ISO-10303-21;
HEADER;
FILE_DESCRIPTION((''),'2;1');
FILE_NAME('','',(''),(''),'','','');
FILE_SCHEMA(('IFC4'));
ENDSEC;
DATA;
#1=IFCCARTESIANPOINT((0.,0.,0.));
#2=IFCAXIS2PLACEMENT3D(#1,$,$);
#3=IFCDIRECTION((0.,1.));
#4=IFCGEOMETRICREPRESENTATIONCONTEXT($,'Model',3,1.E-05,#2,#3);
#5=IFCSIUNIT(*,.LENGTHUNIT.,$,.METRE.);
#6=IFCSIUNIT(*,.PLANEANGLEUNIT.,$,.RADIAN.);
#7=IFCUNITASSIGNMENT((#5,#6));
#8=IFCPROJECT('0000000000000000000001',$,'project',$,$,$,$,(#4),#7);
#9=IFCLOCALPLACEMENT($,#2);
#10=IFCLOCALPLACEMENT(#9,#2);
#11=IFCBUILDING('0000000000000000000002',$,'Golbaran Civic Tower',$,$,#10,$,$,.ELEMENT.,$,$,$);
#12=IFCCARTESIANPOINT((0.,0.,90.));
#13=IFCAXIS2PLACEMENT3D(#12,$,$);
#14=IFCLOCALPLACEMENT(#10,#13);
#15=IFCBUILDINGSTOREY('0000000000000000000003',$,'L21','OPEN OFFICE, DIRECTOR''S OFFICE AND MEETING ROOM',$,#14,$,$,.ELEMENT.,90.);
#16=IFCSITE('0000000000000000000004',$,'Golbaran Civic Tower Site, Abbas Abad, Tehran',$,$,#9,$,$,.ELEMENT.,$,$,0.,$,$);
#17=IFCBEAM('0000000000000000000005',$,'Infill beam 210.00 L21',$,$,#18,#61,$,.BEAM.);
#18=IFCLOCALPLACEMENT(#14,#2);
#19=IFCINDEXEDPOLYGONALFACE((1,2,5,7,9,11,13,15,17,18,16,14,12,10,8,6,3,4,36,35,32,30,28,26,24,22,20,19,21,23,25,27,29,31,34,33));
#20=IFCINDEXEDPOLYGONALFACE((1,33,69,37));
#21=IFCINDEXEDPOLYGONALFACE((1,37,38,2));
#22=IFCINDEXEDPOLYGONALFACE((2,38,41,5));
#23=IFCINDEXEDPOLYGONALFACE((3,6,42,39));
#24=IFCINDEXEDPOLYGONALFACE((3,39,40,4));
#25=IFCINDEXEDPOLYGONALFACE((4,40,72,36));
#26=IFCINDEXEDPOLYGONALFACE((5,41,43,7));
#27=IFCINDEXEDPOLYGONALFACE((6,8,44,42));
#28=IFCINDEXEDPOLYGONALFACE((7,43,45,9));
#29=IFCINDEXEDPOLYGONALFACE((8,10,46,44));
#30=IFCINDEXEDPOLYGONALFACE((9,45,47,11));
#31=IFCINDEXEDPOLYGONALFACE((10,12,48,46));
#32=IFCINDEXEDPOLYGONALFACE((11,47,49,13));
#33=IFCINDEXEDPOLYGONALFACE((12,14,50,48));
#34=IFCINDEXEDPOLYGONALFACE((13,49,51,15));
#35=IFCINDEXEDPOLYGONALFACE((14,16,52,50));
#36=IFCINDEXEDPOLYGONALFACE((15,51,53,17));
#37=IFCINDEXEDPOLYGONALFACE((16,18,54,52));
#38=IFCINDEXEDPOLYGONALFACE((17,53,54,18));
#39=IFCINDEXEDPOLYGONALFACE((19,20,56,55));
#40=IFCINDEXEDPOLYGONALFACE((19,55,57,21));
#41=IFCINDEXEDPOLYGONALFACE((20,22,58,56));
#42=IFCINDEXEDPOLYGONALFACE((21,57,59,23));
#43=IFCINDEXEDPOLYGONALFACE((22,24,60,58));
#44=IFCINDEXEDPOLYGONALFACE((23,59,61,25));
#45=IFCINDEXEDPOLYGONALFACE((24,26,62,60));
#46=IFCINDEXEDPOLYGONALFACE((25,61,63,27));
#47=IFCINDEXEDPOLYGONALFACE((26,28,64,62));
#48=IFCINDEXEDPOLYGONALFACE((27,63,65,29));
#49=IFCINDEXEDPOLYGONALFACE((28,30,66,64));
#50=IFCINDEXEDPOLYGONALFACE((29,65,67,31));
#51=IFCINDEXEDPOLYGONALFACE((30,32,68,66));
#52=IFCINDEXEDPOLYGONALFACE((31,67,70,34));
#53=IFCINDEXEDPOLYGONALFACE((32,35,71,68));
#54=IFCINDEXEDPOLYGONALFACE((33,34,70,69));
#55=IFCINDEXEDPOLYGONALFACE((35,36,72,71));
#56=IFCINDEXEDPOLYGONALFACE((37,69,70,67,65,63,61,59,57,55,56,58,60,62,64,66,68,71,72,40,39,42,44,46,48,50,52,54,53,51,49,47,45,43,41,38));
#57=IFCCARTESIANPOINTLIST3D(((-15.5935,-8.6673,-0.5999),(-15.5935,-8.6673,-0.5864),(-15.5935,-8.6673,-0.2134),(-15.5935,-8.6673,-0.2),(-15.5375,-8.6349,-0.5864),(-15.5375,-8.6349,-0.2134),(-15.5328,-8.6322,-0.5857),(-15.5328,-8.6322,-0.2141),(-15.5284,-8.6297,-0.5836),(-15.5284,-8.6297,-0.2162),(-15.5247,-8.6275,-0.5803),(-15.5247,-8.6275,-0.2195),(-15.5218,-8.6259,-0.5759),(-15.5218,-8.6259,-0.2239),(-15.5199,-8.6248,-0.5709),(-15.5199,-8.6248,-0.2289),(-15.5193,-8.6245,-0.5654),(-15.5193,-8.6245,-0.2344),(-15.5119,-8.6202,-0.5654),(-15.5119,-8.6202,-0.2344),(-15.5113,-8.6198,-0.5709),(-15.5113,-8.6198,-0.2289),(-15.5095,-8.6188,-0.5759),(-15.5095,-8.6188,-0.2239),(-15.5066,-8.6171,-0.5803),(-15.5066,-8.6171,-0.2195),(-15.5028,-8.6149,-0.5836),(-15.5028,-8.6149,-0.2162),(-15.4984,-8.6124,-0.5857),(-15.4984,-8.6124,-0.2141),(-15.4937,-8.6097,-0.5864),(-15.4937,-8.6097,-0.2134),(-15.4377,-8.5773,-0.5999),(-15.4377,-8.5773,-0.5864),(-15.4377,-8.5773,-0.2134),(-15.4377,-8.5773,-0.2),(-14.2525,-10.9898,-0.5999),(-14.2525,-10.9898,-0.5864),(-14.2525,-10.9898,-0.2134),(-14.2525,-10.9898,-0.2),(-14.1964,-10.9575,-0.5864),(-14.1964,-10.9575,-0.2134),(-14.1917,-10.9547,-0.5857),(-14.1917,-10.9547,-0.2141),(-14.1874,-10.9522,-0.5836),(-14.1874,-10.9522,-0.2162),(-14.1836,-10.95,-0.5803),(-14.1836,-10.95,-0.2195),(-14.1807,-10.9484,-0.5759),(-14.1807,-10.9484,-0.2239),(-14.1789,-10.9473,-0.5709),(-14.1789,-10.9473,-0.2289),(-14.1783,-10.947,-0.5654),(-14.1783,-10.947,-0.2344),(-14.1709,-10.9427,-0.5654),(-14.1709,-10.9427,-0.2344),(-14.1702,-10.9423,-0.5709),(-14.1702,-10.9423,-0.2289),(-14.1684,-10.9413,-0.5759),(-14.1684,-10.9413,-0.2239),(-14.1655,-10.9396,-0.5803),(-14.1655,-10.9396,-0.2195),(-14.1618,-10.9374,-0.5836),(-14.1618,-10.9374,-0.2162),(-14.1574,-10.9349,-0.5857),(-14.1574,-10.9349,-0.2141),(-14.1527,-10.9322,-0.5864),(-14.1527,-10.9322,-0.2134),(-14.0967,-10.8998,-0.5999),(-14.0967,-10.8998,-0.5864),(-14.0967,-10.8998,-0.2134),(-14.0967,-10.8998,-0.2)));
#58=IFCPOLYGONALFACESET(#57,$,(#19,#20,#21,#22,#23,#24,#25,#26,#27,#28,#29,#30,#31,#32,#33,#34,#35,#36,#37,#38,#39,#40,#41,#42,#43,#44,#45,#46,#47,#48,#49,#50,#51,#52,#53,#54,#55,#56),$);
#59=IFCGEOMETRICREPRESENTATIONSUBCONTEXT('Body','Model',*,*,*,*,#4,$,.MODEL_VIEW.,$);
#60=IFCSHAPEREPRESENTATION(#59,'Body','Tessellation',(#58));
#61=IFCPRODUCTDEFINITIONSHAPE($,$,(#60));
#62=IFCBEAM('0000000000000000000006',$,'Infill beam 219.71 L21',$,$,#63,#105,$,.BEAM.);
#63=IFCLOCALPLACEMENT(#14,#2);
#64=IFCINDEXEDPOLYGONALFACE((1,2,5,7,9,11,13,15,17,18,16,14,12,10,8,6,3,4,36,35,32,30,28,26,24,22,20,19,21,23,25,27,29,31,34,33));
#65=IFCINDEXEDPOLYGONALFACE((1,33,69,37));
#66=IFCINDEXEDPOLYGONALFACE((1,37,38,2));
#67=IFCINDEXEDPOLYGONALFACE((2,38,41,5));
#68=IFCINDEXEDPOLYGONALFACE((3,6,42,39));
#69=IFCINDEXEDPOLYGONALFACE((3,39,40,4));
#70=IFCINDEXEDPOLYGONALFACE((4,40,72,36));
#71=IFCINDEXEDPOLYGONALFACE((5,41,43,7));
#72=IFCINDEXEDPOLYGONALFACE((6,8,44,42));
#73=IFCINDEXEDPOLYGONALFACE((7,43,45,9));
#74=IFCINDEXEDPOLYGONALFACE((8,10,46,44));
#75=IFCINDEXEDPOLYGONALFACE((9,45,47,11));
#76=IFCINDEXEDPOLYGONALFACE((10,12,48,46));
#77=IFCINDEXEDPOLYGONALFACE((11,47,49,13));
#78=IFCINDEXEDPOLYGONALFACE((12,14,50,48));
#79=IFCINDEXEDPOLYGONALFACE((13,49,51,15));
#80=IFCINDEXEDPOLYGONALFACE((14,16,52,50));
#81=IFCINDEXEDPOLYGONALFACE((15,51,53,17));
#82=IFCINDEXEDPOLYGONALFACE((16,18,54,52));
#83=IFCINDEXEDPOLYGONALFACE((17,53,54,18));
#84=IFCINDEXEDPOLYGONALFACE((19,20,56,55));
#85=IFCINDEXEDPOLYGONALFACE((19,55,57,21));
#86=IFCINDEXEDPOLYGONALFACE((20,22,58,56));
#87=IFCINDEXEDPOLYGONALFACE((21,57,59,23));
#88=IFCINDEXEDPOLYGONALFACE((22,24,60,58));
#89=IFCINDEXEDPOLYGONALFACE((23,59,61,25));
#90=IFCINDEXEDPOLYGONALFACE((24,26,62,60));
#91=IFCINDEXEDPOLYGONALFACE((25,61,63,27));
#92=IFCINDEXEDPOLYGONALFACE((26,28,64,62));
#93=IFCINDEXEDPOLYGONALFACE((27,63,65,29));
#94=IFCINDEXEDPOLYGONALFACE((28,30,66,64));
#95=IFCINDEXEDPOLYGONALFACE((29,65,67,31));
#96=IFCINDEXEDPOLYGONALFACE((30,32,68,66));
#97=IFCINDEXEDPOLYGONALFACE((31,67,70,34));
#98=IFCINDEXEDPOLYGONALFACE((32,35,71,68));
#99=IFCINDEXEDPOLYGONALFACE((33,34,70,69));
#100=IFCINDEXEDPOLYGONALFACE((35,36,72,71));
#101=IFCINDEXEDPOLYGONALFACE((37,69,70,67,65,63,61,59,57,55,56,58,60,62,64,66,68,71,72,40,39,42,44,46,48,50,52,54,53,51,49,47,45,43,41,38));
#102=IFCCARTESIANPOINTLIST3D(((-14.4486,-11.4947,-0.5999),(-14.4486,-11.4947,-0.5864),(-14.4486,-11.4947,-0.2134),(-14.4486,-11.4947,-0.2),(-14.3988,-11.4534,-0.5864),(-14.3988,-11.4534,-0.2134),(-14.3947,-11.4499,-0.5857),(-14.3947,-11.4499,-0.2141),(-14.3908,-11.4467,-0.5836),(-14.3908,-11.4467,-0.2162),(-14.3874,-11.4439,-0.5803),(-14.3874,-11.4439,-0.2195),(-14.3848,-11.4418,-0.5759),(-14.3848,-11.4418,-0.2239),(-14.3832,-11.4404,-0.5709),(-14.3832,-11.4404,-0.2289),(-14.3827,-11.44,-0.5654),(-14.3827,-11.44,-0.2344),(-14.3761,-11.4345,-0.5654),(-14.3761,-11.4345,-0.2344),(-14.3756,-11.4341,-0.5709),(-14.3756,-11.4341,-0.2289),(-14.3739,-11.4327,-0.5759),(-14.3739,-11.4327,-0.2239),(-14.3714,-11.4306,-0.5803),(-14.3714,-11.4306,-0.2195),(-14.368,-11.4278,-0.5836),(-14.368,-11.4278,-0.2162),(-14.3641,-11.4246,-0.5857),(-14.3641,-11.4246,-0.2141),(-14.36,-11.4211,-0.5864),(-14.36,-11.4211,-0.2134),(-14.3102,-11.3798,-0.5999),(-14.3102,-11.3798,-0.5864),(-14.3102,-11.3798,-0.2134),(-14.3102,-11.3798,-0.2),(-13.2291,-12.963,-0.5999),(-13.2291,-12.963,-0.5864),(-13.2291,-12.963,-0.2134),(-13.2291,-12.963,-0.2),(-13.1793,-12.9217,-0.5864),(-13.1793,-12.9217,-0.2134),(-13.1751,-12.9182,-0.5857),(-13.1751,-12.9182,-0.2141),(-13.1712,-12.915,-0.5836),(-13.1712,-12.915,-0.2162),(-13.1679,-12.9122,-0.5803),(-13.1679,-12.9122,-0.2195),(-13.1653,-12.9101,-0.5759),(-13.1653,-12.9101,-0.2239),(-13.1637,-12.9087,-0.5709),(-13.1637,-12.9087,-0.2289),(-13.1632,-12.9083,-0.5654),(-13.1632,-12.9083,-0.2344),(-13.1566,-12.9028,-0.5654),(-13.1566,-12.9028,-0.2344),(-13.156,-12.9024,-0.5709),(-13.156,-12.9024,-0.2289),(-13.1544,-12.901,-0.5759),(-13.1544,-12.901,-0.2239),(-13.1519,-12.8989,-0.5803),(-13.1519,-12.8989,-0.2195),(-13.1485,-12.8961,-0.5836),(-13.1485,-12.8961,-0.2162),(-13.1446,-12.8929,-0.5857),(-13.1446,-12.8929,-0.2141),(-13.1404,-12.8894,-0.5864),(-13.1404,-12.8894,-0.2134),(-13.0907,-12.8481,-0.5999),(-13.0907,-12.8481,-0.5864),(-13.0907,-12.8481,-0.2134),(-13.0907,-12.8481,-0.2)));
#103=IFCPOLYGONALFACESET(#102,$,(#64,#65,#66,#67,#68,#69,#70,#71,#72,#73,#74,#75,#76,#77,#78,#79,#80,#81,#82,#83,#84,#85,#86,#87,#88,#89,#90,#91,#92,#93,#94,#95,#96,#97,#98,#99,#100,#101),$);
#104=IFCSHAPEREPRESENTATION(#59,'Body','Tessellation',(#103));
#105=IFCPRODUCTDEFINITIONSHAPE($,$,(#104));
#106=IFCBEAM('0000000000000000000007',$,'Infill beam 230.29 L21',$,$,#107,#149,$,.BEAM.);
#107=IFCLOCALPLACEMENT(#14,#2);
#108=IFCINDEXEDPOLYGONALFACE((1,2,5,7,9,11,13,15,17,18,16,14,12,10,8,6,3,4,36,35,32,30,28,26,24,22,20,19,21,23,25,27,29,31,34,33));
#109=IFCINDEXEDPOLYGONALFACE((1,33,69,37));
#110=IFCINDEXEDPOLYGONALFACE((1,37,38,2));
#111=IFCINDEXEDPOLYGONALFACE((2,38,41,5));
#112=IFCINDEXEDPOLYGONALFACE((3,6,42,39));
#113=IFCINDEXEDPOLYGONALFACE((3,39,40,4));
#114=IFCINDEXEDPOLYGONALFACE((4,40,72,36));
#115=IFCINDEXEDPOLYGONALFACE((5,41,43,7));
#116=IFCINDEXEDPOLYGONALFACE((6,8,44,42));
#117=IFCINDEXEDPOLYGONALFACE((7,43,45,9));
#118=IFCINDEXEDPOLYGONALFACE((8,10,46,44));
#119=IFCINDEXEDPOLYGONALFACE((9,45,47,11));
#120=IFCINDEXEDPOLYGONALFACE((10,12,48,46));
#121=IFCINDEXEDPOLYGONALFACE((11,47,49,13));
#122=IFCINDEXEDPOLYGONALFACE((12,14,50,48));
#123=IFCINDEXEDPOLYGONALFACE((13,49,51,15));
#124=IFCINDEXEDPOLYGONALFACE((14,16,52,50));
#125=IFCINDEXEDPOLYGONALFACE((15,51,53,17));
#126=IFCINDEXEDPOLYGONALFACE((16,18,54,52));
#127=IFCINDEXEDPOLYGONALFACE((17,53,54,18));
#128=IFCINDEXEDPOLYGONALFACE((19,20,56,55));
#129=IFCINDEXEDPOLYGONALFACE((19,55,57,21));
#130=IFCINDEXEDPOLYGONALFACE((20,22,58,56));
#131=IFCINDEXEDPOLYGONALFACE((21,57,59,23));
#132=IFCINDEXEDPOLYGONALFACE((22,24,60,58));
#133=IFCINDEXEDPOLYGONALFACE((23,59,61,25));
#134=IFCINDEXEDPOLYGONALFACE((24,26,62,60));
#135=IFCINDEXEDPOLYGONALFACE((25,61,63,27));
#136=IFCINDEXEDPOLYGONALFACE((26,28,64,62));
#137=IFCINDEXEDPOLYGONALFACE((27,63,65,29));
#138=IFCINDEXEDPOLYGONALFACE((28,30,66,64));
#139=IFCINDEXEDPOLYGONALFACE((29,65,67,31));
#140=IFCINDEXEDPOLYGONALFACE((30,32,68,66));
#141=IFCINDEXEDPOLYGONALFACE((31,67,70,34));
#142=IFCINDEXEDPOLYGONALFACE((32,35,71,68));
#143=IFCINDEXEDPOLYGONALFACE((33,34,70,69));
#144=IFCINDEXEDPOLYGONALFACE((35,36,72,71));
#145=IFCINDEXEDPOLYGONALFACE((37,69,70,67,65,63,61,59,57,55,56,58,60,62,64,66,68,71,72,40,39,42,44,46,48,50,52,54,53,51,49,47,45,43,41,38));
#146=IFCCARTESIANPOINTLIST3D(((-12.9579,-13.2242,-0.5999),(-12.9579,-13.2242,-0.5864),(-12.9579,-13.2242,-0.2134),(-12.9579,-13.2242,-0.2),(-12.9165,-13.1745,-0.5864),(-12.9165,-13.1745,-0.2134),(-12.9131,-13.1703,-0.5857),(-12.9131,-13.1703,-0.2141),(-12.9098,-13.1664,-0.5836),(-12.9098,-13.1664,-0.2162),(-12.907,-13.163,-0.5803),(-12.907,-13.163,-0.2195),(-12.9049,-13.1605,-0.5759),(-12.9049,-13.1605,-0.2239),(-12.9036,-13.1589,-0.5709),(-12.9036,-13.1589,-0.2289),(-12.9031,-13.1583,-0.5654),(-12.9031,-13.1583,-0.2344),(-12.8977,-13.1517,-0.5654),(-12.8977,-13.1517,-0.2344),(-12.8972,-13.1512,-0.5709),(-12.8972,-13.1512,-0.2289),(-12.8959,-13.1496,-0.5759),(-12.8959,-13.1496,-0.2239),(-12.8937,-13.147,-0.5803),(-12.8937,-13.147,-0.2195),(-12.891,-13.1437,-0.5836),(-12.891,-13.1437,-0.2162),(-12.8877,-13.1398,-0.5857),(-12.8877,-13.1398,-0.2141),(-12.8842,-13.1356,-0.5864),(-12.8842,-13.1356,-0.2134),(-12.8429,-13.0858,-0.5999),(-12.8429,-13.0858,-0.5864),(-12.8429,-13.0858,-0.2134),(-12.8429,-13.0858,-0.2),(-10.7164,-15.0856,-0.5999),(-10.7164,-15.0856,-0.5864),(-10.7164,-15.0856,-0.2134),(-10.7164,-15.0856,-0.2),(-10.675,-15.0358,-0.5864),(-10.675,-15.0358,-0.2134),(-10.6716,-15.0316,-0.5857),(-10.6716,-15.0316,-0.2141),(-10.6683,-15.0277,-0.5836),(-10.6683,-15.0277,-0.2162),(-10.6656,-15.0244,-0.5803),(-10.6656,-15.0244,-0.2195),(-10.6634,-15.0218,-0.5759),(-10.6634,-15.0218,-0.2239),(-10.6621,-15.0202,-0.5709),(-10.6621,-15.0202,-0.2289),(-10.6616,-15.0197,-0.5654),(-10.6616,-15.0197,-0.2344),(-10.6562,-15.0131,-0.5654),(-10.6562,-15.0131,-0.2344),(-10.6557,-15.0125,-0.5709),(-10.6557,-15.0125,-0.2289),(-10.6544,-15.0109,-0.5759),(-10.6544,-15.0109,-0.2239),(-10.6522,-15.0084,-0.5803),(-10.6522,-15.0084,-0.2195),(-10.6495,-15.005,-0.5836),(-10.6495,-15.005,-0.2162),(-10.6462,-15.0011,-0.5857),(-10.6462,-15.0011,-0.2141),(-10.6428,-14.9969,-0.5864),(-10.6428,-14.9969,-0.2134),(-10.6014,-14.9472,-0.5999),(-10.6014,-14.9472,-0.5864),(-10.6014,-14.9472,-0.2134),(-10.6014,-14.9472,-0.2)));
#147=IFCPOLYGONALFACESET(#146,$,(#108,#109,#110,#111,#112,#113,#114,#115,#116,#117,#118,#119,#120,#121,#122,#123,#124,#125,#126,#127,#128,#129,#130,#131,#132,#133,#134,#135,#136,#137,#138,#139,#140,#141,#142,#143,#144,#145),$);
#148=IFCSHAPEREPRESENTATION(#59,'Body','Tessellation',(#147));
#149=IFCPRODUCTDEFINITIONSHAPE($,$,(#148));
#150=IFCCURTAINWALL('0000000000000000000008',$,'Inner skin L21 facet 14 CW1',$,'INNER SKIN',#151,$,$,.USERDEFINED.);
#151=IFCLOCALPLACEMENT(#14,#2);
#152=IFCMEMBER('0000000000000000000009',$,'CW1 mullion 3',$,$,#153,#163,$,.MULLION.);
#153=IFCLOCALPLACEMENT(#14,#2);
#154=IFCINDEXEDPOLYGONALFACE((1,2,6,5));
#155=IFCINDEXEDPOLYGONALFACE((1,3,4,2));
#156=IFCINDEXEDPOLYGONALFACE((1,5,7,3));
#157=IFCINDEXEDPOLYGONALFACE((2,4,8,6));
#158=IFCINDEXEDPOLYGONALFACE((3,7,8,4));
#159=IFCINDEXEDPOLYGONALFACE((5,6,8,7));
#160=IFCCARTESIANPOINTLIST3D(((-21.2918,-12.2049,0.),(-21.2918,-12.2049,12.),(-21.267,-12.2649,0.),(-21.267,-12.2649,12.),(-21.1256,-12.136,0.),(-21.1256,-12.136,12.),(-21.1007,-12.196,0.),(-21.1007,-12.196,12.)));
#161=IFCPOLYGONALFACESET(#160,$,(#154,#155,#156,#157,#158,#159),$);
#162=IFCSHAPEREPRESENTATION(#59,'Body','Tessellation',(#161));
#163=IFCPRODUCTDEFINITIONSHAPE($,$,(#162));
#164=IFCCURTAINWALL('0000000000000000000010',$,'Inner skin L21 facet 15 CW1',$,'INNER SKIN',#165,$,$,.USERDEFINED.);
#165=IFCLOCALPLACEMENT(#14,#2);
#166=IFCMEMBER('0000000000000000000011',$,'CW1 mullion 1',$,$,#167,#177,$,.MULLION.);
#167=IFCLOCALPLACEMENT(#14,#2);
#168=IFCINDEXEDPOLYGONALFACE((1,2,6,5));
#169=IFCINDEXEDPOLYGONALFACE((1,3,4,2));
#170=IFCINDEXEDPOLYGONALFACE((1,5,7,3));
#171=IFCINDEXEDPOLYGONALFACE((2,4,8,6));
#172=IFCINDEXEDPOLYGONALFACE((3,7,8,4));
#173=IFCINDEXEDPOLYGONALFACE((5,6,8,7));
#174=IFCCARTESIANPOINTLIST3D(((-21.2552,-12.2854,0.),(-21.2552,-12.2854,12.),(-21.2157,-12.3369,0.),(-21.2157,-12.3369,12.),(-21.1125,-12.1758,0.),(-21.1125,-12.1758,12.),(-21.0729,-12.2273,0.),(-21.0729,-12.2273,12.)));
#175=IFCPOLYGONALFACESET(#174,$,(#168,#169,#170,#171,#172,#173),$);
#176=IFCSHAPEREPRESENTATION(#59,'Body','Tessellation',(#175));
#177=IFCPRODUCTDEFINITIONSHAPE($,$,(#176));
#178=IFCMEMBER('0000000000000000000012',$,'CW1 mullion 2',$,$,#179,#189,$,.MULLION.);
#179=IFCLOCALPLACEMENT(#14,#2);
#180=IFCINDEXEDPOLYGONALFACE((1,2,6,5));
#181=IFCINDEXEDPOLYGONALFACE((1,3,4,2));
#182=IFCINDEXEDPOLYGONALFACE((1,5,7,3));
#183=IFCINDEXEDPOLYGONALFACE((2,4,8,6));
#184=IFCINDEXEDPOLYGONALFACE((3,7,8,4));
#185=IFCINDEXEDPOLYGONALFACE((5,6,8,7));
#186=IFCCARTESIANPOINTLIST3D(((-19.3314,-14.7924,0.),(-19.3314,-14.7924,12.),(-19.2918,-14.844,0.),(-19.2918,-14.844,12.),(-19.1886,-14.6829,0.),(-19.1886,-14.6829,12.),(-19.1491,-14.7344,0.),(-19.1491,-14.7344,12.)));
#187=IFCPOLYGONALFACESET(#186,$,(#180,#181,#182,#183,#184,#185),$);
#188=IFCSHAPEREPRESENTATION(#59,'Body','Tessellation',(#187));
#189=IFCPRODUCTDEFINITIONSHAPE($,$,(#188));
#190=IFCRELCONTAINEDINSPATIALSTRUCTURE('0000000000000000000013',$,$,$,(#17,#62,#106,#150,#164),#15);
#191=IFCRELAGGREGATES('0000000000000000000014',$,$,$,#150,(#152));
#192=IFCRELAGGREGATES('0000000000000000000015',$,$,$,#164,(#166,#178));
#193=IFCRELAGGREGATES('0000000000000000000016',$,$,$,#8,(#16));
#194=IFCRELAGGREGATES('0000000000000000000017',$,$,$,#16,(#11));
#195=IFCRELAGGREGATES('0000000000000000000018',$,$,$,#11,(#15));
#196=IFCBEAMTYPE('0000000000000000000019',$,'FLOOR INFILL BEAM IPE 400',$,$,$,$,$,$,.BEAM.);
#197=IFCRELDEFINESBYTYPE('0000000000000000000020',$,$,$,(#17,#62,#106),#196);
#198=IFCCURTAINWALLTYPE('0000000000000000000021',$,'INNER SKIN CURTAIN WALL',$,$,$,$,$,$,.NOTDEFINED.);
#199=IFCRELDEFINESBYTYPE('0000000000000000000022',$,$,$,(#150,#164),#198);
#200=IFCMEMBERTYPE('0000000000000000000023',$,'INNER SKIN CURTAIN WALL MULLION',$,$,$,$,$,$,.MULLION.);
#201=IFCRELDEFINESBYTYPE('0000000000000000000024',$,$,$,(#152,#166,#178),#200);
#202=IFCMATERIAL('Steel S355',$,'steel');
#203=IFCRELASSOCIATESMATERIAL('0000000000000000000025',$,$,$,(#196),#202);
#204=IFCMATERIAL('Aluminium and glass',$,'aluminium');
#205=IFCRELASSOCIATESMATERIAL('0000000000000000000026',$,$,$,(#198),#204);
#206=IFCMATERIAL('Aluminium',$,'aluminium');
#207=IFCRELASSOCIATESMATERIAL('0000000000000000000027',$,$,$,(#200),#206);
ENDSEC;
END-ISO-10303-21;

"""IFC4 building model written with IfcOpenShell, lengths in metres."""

from ifc_helpers import new_model, si_unit, direction, frame, origin, origin_2d, place, context, subcontext, project, spatial, rectangle, i_section, extrude, material, material_profile, profile_set, type_object, element, aggregate, save


model = new_model("IFC4")

# Units and contexts
model_context = context("Model", 3, precision=1e-05, world=origin(), true_north=direction((0.0, 1.0)))
body_context = subcontext(model_context, "Body", "Model", "MODEL_VIEW")
ifc_project = project(units=[si_unit("LENGTHUNIT", "METRE"), si_unit("PLANEANGLEUNIT", "RADIAN")], contexts=[model_context])

# Site, building, storey
site_placement = place(None, origin())
site = spatial("IfcSite", under=ifc_project, at=site_placement, Name="Golbaran Civic Tower Site, Abbas Abad, Tehran", CompositionType="ELEMENT", RefElevation=0.0)
building_placement = place(site_placement, origin())
building = spatial("IfcBuilding", under=site, at=building_placement, Name="Golbaran Civic Tower", CompositionType="ELEMENT")
storey_placement = place(building_placement, frame((0.0, 0.0, 90.0)))
storey = spatial("IfcBuildingStorey", under=building, at=storey_placement, Name="L21", Description="OPEN OFFICE, DIRECTOR'S OFFICE AND MEETING ROOM", CompositionType="ELEMENT", Elevation=90.0)

# Beams
ifc_material_1 = material(Name="Steel S355", Category="steel")
ifc_material_profile_1 = material_profile(ifc_material_1, i_section(OverallWidth=0.1799, OverallDepth=0.3999, WebThickness=0.0085, FlangeThickness=0.0134, FilletRadius=0.021, at=origin_2d()), Name="IPE 400")
ifc_profile_set_1 = profile_set([ifc_material_profile_1], Name="Steel S355")
beam_type_1 = type_object("IfcBeamType", Name="FLOOR INFILL BEAM IPE 400", PredefinedType="BEAM", material=ifc_profile_set_1)
beam_1_placement = place(storey_placement, frame((-15.5156, -8.6223, -0.3999), z_axis=(0.500046, -0.865999, 0.0), x_axis=(0.865999, 0.500046, 0.0)))
element("IfcBeam", 1, at=beam_1_placement, inside=storey, type_object=beam_type_1, Name="Infill beam 210.00 L21", PredefinedType="BEAM", context=body_context, shape_type="SweptSolid", body=[
    extrude(i_section(OverallWidth=0.1799, OverallDepth=0.3999, WebThickness=0.0085, FlangeThickness=0.0134, FilletRadius=0.021, at=origin_2d()), origin(), (0.0, 0.0, 1.0), 2.6819),
])
beam_2_placement = place(storey_placement, frame((-14.3794, -11.4373, -0.3999), z_axis=(0.638925, -0.769269, 0.0), x_axis=(0.769269, 0.638925, 0.0)))
element("IfcBeam", 2, at=beam_2_placement, inside=storey, type_object=beam_type_1, Name="Infill beam 219.71 L21", PredefinedType="BEAM", context=body_context, shape_type="SweptSolid", body=[
    extrude(i_section(OverallWidth=0.1799, OverallDepth=0.3999, WebThickness=0.0085, FlangeThickness=0.0134, FilletRadius=0.021, at=origin_2d()), origin(), (0.0, 0.0, 1.0), 1.9087),
])
beam_3_placement = place(storey_placement, frame((-12.9004, -13.155, -0.3999), z_axis=(0.769326, -0.638856, 0.0), x_axis=(0.638856, 0.769326, 0.0)))
element("IfcBeam", 3, at=beam_3_placement, inside=storey, type_object=beam_type_1, Name="Infill beam 230.29 L21", PredefinedType="BEAM", context=body_context, shape_type="SweptSolid", body=[
    extrude(i_section(OverallWidth=0.1799, OverallDepth=0.3999, WebThickness=0.0085, FlangeThickness=0.0134, FilletRadius=0.021, at=origin_2d()), origin(), (0.0, 0.0, 1.0), 2.9136),
])

# Curtain wall, member
ifc_material_2 = material(Name="Aluminium and glass", Category="aluminium")
curtain_wall_type = type_object("IfcCurtainWallType", Name="INNER SKIN CURTAIN WALL", PredefinedType="NOTDEFINED", material=ifc_material_2)
curtain_wall_1_placement = place(storey_placement, origin())
curtain_wall_1 = element("IfcCurtainWall", 4, at=curtain_wall_1_placement, inside=storey, type_object=curtain_wall_type, Name="Inner skin L21 facet 14 CW1", ObjectType="INNER SKIN", PredefinedType="USERDEFINED")
ifc_material_3 = material(Name="Aluminium", Category="aluminium")
ifc_material_profile_2 = material_profile(ifc_material_3, rectangle(XDim=0.1799, YDim=0.0649, at=origin_2d()), Name="INNER SKIN CURTAIN WALL MULLION")
ifc_profile_set_2 = profile_set([ifc_material_profile_2], Name="Aluminium")
member_type_1 = type_object("IfcMemberType", Name="INNER SKIN CURTAIN WALL MULLION", PredefinedType="MULLION", material=ifc_profile_set_2)
member_1_placement = place(storey_placement, frame((-21.1963, -12.2004, 0.0), z_axis=(0.0, 0.0, 1.0), x_axis=(0.92388, 0.382683, 0.0)))
member_1 = element("IfcMember", 5, at=member_1_placement, type_object=member_type_1, Name="CW1 mullion 3", PredefinedType="MULLION", context=body_context, shape_type="SweptSolid", body=[
    extrude(rectangle(XDim=0.1799, YDim=0.0649, at=origin_2d()), origin(), (0.0, 0.0, 1.0), 12.0),
])

# Curtain wall, members
curtain_wall_2_placement = place(storey_placement, origin())
curtain_wall_2 = element("IfcCurtainWall", 6, at=curtain_wall_2_placement, inside=storey, type_object=curtain_wall_type, Name="Inner skin L21 facet 15 CW1", ObjectType="INNER SKIN", PredefinedType="USERDEFINED")
member_2_placement = place(storey_placement, frame((-21.1641, -12.2563, 0.0), z_axis=(0.0, 0.0, 1.0), x_axis=(0.793353, 0.608761, 0.0)))
member_2 = element("IfcMember", 7, at=member_2_placement, type_object=member_type_1, Name="CW1 mullion 1", PredefinedType="MULLION", context=body_context, shape_type="SweptSolid", body=[
    extrude(rectangle(XDim=0.1799, YDim=0.0649, at=origin_2d()), origin(), (0.0, 0.0, 1.0), 12.0),
])
member_3_placement = place(storey_placement, frame((-19.2402, -14.7634, 0.0), z_axis=(0.0, 0.0, 1.0), x_axis=(0.793353, 0.608761, 0.0)))
member_3 = element("IfcMember", 8, at=member_3_placement, type_object=member_type_1, Name="CW1 mullion 2", PredefinedType="MULLION", context=body_context, shape_type="SweptSolid", body=[
    extrude(rectangle(XDim=0.1799, YDim=0.0649, at=origin_2d()), origin(), (0.0, 0.0, 1.0), 12.0),
])

aggregate(curtain_wall_1, [member_1])
aggregate(curtain_wall_2, [member_2, member_3])

save(model, "model.ifc")
